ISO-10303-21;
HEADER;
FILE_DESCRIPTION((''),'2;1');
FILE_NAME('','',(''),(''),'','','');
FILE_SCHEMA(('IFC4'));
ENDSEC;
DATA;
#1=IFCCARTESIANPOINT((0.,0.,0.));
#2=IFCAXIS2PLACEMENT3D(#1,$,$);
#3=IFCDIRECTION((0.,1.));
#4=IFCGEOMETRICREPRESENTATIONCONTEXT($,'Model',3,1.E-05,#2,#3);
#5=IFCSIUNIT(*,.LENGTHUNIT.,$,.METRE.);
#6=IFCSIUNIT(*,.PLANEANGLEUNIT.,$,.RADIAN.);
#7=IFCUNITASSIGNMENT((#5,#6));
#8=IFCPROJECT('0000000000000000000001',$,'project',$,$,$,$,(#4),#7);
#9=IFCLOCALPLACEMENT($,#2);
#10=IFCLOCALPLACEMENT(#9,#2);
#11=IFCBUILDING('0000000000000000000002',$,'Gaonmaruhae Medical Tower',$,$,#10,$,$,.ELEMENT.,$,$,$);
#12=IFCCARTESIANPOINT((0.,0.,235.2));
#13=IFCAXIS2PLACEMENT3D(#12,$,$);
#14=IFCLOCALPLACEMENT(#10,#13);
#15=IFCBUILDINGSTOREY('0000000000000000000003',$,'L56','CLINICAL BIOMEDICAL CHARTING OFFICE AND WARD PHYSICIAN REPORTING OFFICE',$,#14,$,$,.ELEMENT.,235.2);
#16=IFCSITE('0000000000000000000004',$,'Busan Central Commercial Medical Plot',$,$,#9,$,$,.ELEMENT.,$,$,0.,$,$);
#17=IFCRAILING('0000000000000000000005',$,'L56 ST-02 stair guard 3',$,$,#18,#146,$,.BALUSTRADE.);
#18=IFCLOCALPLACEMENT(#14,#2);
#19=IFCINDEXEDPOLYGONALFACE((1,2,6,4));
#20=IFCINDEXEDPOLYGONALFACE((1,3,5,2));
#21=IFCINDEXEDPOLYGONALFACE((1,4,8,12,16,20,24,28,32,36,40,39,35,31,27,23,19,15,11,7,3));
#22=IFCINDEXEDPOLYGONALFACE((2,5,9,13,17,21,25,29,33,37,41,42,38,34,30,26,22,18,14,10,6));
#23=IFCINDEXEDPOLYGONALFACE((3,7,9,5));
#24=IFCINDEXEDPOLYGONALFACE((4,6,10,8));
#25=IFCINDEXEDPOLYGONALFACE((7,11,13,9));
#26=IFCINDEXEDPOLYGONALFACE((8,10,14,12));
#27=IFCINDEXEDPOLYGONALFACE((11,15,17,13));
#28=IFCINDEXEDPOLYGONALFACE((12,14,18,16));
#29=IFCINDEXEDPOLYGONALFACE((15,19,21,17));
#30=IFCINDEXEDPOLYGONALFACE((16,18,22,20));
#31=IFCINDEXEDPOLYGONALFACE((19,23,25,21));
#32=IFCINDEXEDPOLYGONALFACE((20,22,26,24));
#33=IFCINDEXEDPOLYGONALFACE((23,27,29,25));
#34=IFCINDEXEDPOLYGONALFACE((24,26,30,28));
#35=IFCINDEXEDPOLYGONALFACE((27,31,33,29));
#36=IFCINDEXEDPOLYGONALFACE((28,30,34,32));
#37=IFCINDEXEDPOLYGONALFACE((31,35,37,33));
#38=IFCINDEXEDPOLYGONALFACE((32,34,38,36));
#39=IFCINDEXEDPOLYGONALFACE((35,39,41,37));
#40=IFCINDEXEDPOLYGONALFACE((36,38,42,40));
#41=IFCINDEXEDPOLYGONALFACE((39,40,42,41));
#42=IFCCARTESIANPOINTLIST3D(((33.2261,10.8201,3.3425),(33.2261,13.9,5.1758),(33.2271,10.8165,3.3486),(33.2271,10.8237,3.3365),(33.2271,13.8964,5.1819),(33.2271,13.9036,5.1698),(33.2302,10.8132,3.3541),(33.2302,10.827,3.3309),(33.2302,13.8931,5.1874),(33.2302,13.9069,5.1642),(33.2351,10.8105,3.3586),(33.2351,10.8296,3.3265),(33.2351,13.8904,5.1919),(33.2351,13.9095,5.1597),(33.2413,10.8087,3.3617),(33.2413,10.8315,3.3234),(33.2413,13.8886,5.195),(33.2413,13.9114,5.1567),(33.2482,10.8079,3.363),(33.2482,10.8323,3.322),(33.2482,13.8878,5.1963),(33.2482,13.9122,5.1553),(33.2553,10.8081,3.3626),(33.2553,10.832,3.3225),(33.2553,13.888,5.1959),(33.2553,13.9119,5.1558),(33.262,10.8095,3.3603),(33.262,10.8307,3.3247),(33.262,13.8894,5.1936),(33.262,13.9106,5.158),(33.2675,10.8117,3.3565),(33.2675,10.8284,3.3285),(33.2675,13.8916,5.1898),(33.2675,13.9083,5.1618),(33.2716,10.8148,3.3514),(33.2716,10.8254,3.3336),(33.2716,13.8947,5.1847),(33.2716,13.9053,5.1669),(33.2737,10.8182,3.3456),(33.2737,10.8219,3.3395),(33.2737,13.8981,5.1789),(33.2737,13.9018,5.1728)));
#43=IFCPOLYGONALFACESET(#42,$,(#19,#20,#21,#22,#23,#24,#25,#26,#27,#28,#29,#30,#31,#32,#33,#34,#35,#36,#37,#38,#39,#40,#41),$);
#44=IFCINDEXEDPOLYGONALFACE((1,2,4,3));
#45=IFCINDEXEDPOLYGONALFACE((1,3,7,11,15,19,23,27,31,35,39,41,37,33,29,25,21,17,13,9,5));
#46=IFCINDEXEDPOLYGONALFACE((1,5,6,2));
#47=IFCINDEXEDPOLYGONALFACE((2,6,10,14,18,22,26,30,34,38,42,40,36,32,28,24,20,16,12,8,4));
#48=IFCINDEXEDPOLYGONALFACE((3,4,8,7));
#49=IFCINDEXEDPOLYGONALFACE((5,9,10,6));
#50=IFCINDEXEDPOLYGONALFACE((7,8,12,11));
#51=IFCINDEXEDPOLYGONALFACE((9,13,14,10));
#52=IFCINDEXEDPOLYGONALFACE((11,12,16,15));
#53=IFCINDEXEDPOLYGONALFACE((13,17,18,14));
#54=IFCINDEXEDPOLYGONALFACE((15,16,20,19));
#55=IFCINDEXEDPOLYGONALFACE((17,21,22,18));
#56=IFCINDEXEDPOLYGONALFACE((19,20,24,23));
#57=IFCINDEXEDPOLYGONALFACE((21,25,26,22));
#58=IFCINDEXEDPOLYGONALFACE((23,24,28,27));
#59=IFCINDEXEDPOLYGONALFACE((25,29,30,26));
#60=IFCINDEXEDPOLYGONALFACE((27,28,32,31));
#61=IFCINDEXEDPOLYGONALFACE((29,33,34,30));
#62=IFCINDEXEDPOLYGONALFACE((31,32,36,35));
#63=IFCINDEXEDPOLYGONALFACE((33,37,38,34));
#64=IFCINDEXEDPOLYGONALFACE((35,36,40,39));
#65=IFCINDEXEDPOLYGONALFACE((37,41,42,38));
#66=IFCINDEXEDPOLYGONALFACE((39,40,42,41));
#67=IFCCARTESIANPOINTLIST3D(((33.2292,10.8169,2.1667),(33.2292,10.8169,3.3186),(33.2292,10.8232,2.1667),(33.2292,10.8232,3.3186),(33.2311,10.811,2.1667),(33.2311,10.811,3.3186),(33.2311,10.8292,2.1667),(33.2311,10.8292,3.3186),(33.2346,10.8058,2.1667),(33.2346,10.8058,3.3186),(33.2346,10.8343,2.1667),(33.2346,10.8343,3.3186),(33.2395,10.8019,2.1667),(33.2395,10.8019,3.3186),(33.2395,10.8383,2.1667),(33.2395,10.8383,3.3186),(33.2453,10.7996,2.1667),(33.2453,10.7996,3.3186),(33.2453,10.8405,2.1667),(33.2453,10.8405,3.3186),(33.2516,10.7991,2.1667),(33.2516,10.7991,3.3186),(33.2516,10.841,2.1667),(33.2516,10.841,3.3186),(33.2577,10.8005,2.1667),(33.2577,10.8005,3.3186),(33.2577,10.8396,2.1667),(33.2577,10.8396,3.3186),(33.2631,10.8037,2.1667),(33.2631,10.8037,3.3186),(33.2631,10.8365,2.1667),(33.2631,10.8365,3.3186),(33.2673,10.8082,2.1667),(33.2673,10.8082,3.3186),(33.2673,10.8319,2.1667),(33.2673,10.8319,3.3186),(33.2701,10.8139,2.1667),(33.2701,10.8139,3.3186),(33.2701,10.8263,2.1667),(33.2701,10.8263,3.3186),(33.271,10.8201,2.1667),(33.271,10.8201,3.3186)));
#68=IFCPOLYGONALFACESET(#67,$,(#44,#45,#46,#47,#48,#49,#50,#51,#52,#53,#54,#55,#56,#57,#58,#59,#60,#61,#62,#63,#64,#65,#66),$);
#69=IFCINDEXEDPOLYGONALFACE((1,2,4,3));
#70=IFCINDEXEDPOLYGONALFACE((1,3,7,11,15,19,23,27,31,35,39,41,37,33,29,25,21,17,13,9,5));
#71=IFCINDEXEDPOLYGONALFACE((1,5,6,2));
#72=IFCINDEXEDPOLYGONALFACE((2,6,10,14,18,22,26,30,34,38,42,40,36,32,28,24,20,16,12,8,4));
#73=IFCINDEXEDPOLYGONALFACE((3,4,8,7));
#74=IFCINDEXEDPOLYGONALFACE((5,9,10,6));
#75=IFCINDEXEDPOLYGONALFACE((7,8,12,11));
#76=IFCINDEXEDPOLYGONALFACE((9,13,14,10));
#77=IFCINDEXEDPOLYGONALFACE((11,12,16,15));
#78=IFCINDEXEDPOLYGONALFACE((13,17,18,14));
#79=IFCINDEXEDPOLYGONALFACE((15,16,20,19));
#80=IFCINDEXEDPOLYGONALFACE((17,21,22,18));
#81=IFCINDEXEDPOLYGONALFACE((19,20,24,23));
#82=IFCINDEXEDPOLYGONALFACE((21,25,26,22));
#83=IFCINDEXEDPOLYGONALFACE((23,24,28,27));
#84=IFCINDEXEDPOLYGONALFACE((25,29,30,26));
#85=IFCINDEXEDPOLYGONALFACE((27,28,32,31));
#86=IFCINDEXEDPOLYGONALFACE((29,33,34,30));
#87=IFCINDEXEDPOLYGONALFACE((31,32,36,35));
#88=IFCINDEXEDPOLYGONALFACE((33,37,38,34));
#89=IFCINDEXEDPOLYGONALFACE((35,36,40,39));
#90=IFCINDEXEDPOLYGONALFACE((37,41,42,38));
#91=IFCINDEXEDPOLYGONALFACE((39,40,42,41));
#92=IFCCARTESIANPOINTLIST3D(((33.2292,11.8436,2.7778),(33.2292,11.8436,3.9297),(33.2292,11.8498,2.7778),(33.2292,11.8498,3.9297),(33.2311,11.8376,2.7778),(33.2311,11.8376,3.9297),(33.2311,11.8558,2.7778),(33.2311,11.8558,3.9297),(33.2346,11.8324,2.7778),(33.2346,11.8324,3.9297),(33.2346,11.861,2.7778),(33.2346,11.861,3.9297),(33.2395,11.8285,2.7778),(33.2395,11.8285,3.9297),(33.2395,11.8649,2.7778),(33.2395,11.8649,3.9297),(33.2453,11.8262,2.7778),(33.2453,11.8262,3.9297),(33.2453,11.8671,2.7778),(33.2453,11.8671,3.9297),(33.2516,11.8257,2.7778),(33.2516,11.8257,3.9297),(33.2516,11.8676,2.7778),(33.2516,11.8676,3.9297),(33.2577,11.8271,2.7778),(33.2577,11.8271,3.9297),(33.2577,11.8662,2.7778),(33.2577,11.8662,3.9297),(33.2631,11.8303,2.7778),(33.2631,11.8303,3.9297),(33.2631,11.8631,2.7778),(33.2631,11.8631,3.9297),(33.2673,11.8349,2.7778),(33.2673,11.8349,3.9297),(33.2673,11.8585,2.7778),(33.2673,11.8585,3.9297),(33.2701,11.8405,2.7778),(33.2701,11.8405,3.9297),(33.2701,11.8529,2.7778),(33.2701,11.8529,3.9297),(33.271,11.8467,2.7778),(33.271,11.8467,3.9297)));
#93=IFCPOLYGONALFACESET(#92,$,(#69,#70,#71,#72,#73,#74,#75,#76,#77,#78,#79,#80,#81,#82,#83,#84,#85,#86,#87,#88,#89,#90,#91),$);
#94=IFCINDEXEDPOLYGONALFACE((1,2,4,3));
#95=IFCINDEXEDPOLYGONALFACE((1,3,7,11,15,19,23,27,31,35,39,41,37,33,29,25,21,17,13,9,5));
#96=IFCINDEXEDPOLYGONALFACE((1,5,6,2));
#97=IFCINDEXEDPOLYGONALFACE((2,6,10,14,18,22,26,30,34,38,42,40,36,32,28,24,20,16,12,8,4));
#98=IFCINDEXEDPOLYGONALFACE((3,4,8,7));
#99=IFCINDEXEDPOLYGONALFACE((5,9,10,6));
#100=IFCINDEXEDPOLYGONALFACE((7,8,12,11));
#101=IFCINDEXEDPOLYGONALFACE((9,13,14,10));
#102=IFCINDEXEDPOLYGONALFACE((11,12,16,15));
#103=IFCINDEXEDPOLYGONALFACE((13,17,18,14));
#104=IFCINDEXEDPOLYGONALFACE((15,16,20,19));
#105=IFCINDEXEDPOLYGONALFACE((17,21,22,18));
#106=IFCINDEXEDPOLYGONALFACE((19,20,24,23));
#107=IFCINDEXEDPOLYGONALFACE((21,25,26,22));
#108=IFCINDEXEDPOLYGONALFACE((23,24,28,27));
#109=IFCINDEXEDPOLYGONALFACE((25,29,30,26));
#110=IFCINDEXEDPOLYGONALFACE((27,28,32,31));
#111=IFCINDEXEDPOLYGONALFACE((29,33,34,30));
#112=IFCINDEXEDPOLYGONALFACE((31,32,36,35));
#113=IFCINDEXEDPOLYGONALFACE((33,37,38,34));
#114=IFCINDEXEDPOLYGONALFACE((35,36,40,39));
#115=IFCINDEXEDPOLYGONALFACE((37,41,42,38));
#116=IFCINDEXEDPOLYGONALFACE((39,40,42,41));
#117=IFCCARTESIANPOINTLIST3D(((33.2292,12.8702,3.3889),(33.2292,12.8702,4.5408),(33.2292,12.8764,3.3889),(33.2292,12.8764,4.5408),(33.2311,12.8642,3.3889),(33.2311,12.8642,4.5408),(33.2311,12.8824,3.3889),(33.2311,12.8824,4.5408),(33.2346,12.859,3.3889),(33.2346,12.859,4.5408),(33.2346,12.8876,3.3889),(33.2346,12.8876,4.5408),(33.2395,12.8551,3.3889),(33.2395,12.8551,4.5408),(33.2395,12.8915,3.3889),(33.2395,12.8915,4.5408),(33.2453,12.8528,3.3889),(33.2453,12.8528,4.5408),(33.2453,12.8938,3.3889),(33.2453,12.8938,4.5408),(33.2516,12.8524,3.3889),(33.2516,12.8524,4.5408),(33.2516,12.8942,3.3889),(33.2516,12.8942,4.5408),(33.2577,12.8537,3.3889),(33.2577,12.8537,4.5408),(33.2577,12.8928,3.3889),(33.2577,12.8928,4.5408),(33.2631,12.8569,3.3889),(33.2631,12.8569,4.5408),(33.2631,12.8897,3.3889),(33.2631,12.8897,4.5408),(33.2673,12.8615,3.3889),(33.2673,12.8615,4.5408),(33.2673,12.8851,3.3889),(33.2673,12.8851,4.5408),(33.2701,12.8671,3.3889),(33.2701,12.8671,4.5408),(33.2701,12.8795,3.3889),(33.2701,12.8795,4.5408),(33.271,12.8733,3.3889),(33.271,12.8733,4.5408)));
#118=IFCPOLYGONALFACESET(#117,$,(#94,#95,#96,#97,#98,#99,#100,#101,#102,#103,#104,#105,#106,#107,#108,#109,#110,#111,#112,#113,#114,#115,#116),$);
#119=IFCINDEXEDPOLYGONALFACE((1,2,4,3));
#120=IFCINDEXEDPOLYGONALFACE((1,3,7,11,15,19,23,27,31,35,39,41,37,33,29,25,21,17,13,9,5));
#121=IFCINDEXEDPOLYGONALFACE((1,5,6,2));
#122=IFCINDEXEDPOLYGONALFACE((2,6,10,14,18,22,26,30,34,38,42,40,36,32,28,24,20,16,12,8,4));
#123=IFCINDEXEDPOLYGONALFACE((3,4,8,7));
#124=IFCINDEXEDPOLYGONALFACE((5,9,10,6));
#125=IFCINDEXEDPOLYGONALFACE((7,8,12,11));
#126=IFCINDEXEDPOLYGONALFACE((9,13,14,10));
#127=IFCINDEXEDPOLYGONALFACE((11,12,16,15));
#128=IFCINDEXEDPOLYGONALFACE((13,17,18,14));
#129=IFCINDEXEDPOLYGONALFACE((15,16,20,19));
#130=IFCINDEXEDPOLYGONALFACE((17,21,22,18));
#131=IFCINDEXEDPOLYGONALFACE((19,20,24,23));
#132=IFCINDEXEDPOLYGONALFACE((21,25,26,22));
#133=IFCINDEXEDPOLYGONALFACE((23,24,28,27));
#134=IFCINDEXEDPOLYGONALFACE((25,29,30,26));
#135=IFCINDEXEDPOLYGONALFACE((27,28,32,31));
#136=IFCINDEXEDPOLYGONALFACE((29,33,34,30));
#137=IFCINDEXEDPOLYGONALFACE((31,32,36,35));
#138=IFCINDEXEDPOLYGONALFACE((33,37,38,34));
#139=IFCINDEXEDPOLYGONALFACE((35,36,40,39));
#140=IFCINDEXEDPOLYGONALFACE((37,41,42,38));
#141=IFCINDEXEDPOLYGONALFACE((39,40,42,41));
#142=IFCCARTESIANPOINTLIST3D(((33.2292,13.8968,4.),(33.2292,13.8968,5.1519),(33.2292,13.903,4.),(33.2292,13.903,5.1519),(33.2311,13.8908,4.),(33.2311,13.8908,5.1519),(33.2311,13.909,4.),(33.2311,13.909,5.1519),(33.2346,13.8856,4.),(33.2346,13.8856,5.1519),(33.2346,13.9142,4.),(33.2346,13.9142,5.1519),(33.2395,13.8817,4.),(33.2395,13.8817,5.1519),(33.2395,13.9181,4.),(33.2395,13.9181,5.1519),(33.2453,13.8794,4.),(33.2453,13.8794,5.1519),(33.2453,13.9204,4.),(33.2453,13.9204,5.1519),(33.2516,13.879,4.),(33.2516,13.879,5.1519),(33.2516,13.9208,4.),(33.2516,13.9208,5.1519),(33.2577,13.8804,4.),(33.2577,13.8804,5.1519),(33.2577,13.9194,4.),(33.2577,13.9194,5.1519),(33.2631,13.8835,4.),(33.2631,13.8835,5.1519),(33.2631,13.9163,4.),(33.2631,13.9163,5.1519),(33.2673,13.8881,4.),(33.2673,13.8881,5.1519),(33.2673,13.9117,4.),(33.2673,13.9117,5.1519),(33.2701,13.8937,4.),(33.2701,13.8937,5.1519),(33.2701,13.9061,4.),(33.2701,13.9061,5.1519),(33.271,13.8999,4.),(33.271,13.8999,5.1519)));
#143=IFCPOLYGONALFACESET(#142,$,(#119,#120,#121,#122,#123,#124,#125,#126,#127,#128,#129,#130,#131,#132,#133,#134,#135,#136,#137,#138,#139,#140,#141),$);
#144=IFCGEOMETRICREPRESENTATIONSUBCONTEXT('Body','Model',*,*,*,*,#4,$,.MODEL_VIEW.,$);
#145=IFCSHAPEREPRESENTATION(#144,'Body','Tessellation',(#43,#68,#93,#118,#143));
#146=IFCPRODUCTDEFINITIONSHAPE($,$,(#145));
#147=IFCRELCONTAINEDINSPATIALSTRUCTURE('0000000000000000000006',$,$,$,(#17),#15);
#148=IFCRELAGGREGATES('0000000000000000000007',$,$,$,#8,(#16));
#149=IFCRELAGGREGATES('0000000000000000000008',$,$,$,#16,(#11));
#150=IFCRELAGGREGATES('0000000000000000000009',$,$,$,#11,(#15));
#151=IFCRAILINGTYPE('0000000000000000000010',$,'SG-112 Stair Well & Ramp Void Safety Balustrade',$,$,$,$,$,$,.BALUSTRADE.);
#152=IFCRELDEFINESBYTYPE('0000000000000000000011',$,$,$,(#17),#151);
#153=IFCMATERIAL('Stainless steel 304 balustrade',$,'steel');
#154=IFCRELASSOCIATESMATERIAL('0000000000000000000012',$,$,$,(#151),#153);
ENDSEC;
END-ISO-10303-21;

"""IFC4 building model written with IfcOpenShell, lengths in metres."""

from ifc_helpers import new_model, si_unit, direction, frame, origin, origin_2d, place, context, subcontext, project, spatial, circle, extrude, material, type_object, element, save


model = new_model("IFC4")

# Units and contexts
model_context = context("Model", 3, precision=1e-05, world=origin(), true_north=direction((0.0, 1.0)))
body_context = subcontext(model_context, "Body", "Model", "MODEL_VIEW")
ifc_project = project(units=[si_unit("LENGTHUNIT", "METRE"), si_unit("PLANEANGLEUNIT", "RADIAN")], contexts=[model_context])

# Site, building, storey
site_placement = place(None, origin())
site = spatial("IfcSite", under=ifc_project, at=site_placement, Name="Busan Central Commercial Medical Plot", CompositionType="ELEMENT", RefElevation=0.0)
building_placement = place(site_placement, origin())
building = spatial("IfcBuilding", under=site, at=building_placement, Name="Gaonmaruhae Medical Tower", CompositionType="ELEMENT")
storey_placement = place(building_placement, frame((0.0, 0.0, 235.2)))
storey = spatial("IfcBuildingStorey", under=building, at=storey_placement, Name="L56", Description="CLINICAL BIOMEDICAL CHARTING OFFICE AND WARD PHYSICIAN REPORTING OFFICE", CompositionType="ELEMENT", Elevation=235.2)

# Railing
ifc_material_1 = material(Name="Stainless steel 304 balustrade", Category="steel")
railing_type_1 = type_object("IfcRailingType", Name="SG-112 Stair Well & Ramp Void Safety Balustrade", PredefinedType="BALUSTRADE", material=ifc_material_1)
railing_1_placement = place(storey_placement, frame((33.25, 10.8201, 2.1667)))
element("IfcRailing", 1, at=railing_1_placement, inside=storey, type_object=railing_type_1, Name="L56 ST-02 stair guard 3", PredefinedType="BALUSTRADE", context=body_context, shape_type="SweptSolid", body=[
    extrude(circle(Radius=0.0239, at=origin_2d()), frame((0.0, 0.0, 1.1758), z_axis=(0.0, 0.859291, 0.511487), x_axis=(-1.0, 0.0, 0.0)), (0.0, 0.0, 1.0), 3.5842),
    extrude(circle(Radius=0.021, at=origin_2d()), origin(), (0.0, 0.0, 1.0), 1.1519),
    extrude(circle(Radius=0.021, at=origin_2d()), frame((0.0, 1.0266, 0.6111)), (0.0, 0.0, 1.0), 1.1519),
    extrude(circle(Radius=0.021, at=origin_2d()), frame((0.0, 2.0532, 1.2222)), (0.0, 0.0, 1.0), 1.1519),
    extrude(circle(Radius=0.021, at=origin_2d()), frame((0.0, 3.0798, 1.8333)), (0.0, 0.0, 1.0), 1.1519),
])

save(model, "model.ifc")
